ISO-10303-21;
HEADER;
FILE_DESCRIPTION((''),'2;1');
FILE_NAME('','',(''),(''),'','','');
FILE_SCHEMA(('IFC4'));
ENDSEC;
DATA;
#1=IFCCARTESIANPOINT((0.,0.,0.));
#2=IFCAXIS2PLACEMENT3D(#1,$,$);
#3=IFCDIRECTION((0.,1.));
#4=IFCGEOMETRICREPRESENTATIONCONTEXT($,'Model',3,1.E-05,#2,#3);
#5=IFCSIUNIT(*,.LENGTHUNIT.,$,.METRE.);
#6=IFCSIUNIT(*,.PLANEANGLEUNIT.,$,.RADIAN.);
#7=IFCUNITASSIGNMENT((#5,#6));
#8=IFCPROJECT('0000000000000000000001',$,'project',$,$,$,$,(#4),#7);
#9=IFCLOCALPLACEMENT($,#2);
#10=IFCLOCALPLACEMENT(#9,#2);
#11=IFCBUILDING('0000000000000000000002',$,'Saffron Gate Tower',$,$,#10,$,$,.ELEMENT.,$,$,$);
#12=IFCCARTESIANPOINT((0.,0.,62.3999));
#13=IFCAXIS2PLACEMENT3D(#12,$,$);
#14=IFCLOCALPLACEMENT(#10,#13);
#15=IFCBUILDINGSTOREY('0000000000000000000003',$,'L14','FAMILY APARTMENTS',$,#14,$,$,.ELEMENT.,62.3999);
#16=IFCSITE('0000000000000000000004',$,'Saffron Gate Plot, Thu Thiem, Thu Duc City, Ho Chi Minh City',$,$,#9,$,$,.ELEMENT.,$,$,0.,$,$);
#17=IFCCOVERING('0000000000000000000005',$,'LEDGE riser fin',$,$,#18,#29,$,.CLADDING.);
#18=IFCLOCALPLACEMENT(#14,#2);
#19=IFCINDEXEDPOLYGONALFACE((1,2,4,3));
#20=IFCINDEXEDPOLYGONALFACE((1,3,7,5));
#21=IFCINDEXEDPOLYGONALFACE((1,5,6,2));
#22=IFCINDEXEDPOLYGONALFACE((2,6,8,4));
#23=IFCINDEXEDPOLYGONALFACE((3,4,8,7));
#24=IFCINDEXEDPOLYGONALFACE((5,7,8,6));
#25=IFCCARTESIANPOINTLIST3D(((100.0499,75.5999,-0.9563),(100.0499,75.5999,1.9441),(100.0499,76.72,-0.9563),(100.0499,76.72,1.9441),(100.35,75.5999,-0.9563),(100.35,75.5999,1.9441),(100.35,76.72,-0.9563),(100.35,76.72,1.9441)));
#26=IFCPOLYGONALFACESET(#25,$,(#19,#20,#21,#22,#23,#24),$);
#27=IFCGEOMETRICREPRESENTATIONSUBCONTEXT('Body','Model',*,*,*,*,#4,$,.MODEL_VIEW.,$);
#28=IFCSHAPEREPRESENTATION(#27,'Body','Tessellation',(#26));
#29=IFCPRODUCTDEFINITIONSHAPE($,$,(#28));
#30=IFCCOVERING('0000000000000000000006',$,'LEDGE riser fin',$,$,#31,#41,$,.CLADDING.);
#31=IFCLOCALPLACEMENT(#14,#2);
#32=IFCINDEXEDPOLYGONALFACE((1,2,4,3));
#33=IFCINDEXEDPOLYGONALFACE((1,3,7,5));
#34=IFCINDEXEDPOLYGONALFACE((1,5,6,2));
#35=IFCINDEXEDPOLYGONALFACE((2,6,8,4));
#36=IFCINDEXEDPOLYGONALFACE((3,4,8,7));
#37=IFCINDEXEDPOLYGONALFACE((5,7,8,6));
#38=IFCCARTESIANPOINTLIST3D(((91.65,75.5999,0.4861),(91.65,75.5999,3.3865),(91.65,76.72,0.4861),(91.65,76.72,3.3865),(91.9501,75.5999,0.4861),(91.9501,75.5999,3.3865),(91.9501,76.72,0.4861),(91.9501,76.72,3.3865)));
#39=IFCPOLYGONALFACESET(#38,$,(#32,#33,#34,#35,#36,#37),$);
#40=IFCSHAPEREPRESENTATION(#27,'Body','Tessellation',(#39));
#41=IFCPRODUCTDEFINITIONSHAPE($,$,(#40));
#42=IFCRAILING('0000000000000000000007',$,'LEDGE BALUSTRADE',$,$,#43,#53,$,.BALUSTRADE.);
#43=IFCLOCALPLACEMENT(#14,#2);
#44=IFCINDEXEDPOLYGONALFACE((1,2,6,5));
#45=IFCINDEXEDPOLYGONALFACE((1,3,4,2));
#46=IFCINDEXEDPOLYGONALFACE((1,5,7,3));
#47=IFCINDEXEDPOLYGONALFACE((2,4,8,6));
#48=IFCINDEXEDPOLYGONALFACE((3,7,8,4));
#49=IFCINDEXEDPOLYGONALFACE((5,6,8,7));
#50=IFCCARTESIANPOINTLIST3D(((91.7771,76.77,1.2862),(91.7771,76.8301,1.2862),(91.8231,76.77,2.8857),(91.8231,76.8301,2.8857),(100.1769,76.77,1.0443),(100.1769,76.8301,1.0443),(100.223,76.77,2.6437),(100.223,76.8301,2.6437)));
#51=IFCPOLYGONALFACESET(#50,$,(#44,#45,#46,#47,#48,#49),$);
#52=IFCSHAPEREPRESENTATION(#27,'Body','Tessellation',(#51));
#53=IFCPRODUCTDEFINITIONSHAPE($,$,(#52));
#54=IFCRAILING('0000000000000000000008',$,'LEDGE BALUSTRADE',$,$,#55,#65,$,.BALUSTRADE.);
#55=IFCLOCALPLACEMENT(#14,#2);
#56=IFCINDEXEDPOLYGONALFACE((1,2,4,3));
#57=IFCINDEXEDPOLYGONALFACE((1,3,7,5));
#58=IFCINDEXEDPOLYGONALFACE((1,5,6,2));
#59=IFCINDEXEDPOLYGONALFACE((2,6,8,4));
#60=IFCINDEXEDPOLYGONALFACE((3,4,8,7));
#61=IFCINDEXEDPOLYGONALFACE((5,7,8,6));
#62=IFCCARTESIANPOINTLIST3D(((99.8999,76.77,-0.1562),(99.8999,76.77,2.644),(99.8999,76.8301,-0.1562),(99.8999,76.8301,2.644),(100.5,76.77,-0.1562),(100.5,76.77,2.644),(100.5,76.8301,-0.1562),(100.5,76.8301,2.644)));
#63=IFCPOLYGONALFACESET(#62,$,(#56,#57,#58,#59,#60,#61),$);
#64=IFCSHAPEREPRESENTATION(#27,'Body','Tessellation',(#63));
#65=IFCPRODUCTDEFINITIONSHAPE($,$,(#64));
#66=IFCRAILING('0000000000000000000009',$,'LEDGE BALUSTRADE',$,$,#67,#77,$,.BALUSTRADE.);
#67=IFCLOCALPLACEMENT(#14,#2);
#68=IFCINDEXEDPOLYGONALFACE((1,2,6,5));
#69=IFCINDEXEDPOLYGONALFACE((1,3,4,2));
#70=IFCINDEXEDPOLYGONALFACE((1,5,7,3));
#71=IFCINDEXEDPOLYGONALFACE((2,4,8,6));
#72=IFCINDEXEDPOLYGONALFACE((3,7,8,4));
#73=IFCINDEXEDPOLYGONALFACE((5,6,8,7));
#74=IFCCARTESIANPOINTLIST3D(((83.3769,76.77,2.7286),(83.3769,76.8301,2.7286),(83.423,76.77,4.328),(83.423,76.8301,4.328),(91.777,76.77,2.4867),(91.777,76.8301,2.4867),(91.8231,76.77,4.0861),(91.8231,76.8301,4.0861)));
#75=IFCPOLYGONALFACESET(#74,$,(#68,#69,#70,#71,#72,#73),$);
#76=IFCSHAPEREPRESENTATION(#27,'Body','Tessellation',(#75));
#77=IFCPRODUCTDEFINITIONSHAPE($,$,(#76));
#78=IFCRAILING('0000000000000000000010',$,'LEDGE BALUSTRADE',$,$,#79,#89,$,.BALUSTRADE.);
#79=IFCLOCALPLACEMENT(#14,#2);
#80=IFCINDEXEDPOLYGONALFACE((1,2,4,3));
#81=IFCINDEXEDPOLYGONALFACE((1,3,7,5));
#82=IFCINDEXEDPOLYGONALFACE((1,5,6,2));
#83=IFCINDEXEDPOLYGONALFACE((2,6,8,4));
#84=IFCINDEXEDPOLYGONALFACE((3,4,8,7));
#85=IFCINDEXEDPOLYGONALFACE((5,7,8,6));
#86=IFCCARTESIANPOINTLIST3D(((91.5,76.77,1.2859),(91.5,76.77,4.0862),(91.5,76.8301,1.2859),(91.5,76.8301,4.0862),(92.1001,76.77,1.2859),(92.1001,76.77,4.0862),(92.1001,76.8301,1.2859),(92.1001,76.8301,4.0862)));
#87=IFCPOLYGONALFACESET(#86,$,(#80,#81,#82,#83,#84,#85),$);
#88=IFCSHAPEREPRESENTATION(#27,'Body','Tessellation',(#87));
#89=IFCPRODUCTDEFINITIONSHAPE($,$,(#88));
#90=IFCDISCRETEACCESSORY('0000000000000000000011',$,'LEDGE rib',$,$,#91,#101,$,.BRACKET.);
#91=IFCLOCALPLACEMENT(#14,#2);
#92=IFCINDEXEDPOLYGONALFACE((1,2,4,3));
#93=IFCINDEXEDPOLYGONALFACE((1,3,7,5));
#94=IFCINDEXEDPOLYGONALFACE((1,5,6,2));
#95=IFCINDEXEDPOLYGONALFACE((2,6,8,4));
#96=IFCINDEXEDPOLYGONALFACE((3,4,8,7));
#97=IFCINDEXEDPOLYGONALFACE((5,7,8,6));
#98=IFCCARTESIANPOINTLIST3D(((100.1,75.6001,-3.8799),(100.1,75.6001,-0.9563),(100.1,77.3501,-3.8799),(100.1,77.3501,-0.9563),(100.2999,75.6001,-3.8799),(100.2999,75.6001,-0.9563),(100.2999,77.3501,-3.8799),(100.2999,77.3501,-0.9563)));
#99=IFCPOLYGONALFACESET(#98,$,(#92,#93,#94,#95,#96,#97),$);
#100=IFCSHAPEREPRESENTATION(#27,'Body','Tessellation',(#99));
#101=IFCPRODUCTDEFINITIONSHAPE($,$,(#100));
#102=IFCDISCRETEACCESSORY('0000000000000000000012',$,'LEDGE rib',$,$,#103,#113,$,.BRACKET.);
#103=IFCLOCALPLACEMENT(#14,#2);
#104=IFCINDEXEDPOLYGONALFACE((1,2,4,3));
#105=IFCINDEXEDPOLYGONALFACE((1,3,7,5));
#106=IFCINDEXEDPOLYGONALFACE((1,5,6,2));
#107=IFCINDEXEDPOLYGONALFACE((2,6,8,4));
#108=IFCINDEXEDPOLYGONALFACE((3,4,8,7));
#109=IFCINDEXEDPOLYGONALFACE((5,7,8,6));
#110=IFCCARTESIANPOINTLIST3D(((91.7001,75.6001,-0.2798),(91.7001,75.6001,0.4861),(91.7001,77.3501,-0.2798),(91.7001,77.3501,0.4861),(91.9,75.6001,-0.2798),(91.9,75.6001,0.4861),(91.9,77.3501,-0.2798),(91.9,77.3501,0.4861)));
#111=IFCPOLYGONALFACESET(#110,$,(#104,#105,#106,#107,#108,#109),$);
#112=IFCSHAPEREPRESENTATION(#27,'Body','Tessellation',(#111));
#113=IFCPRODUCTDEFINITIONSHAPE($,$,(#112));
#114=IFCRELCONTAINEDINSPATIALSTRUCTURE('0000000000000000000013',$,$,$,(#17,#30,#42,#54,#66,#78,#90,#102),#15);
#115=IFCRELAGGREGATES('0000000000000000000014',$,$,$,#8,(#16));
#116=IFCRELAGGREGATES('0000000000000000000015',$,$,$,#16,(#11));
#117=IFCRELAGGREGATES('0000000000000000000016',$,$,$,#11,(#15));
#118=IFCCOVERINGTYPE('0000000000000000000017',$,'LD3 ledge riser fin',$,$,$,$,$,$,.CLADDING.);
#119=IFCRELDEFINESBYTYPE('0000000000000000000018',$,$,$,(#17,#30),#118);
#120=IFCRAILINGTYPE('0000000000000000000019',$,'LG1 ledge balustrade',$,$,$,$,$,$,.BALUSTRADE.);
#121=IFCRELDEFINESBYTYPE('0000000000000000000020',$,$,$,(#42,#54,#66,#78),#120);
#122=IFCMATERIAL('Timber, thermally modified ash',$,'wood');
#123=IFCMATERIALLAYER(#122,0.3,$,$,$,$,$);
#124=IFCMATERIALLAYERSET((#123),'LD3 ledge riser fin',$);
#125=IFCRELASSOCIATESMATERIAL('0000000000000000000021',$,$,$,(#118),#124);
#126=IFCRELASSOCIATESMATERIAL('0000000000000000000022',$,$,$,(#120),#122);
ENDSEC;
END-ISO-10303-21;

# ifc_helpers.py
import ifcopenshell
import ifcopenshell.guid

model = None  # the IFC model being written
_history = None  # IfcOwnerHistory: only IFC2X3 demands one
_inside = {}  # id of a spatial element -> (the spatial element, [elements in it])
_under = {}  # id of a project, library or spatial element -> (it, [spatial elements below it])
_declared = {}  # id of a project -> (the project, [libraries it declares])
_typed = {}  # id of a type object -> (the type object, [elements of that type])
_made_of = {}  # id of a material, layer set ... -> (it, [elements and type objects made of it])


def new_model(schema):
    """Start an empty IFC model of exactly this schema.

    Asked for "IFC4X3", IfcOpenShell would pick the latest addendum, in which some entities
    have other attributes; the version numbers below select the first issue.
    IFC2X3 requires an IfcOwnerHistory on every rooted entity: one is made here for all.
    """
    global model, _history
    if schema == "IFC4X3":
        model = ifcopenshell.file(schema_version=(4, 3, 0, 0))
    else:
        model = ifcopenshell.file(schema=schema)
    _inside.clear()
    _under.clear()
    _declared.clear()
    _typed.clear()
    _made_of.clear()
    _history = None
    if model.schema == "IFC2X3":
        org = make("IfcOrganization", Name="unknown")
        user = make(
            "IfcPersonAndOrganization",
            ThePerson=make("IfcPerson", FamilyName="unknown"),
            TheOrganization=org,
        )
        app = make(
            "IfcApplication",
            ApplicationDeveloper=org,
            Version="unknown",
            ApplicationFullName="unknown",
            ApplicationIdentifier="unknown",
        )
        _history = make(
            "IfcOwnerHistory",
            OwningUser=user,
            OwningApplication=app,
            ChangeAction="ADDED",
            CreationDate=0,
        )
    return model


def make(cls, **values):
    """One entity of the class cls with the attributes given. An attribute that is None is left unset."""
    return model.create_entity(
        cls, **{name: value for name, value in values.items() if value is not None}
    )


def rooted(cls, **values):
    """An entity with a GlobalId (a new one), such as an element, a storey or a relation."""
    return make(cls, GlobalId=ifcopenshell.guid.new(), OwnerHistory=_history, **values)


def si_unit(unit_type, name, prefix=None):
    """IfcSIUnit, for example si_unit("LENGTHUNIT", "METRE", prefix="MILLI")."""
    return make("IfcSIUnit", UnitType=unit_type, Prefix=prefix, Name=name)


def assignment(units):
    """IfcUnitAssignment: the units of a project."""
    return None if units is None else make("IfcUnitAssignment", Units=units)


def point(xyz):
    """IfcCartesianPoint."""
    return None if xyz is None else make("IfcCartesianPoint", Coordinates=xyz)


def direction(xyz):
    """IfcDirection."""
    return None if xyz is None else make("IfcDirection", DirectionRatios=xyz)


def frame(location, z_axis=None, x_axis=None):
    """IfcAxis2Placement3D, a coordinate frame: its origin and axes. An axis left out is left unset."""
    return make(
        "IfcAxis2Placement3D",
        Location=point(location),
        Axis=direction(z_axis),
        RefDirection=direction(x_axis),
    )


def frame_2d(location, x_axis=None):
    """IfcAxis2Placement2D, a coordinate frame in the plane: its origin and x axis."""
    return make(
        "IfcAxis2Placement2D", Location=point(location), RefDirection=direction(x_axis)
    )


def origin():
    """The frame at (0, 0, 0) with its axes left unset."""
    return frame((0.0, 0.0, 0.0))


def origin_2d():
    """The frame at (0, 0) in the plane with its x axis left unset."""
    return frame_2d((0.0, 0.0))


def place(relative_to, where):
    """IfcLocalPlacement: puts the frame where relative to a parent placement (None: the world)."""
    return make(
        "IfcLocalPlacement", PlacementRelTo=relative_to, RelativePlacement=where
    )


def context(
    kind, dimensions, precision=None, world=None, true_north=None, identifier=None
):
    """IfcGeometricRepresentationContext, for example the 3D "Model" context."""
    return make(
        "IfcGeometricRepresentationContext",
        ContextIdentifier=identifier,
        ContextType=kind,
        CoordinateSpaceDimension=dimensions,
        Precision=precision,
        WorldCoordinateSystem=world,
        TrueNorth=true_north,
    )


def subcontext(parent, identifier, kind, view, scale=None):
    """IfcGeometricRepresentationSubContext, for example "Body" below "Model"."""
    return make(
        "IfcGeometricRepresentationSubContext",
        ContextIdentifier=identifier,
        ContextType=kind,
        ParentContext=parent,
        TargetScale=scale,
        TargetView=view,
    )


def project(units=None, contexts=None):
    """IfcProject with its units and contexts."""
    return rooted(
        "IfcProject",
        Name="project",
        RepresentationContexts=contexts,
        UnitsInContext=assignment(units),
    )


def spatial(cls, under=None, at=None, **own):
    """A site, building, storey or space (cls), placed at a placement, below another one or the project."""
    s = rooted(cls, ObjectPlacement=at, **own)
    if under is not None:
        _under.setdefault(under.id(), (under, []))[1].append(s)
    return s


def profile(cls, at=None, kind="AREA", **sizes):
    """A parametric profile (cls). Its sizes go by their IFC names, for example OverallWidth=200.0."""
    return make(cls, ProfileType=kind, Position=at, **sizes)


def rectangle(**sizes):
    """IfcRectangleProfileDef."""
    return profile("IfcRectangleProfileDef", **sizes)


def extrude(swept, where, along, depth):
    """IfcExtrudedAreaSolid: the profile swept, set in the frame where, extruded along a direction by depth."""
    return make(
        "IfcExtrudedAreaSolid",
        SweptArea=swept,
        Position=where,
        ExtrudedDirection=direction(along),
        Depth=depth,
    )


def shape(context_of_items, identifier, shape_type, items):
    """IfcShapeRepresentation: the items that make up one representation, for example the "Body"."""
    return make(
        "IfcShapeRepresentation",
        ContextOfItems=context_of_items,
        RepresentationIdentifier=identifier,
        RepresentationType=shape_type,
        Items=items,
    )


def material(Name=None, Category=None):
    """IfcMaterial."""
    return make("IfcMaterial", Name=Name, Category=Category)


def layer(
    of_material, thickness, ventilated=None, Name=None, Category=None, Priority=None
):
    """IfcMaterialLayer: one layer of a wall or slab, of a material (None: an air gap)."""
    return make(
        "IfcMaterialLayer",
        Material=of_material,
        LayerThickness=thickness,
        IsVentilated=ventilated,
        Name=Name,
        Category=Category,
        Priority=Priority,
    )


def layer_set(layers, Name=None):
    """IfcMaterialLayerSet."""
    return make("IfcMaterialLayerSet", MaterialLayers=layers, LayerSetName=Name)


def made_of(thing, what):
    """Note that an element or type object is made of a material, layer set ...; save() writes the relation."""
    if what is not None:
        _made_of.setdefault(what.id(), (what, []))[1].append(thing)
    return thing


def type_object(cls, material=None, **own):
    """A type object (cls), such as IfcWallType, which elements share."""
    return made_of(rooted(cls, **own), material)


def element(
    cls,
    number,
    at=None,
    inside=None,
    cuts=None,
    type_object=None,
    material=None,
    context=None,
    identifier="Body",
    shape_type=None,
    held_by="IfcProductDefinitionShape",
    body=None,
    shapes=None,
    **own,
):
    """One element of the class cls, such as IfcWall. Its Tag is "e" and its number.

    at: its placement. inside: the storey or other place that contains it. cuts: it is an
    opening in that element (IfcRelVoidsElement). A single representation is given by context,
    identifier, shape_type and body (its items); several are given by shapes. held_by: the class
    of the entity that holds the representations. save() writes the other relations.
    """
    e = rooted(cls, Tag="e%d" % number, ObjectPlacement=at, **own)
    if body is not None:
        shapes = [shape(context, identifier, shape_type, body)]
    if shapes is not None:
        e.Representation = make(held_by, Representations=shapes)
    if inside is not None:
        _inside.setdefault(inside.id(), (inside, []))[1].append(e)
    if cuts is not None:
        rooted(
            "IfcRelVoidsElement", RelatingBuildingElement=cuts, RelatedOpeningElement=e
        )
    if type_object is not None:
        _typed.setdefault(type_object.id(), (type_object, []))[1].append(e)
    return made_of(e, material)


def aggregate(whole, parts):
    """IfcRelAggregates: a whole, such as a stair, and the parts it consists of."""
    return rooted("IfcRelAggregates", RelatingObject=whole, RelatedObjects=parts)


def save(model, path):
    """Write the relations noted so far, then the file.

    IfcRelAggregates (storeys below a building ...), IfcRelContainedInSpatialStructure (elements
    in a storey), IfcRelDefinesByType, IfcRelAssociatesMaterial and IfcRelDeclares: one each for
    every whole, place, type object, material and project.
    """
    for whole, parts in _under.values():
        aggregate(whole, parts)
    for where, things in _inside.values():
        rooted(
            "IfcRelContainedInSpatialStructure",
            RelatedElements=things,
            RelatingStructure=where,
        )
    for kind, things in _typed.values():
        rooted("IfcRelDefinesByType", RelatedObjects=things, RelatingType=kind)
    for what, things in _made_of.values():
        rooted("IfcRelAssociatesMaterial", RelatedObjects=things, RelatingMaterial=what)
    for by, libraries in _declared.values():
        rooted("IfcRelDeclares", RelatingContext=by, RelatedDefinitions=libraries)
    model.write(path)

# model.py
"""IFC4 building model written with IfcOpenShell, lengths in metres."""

from ifc_helpers import new_model, si_unit, direction, frame, origin, origin_2d, place, context, subcontext, project, spatial, rectangle, extrude, material, layer, layer_set, type_object, element, save


model = new_model("IFC4")

# Units and contexts
model_context = context("Model", 3, precision=1e-05, world=origin(), true_north=direction((0.0, 1.0)))
body_context = subcontext(model_context, "Body", "Model", "MODEL_VIEW")
ifc_project = project(units=[si_unit("LENGTHUNIT", "METRE"), si_unit("PLANEANGLEUNIT", "RADIAN")], contexts=[model_context])

# Site, building, storey
site_placement = place(None, origin())
site = spatial("IfcSite", under=ifc_project, at=site_placement, Name="Saffron Gate Plot, Thu Thiem, Thu Duc City, Ho Chi Minh City", CompositionType="ELEMENT", RefElevation=0.0)
building_placement = place(site_placement, origin())
building = spatial("IfcBuilding", under=site, at=building_placement, Name="Saffron Gate Tower", CompositionType="ELEMENT")
storey_placement = place(building_placement, frame((0.0, 0.0, 62.3999)))
storey = spatial("IfcBuildingStorey", under=building, at=storey_placement, Name="L14", Description="FAMILY APARTMENTS", CompositionType="ELEMENT", Elevation=62.3999)

# Coverings
ifc_material_1 = material(Name="Timber, thermally modified ash", Category="wood")
ifc_layer_1 = layer(ifc_material_1, 0.3)
ifc_layer_set_1 = layer_set([ifc_layer_1], Name="LD3 ledge riser fin")
covering_type_1 = type_object("IfcCoveringType", Name="LD3 ledge riser fin", PredefinedType="CLADDING", material=ifc_layer_set_1)
for number, where, z_axis, x_axis, name in (
    (1, (100.2, 76.1599, -0.9563), (0.0, 0.0, 1.0), (-1.0, 0.0, 0.0), "LEDGE riser fin"),
    (2, (91.8, 76.1599, 0.4861), (0.0, 0.0, 1.0), (-1.0, 0.0, 0.0), "LEDGE riser fin"),
):
    element("IfcCovering", number, at=place(storey_placement, frame(where, z_axis=z_axis, x_axis=x_axis)), inside=storey, type_object=covering_type_1, Name=name, PredefinedType="CLADDING", context=body_context, shape_type="SweptSolid", body=[
        extrude(rectangle(XDim=0.3, YDim=1.1201, at=origin_2d()), origin(), (0.0, 0.0, 1.0), 2.9004),
    ])

# Railings
railing_type_1 = type_object("IfcRailingType", Name="LG1 ledge balustrade", PredefinedType="BALUSTRADE", material=ifc_material_1)
railing_1_placement = place(storey_placement, frame((100.2, 76.8, 1.0439)))
element("IfcRailing", 3, at=railing_1_placement, inside=storey, type_object=railing_type_1, Name="LEDGE BALUSTRADE", PredefinedType="BALUSTRADE", context=body_context, shape_type="SweptSolid", body=[
    extrude(rectangle(XDim=0.0601, YDim=1.6001, at=origin_2d()), frame((0.0, 0.0, 0.8), z_axis=(-0.999585, 0.0, 0.028791), x_axis=(0.0, -1.0, 0.0)), (0.0, 0.0, 1.0), 8.4033),
])
railing_2_placement = place(storey_placement, frame((100.5, 76.8, -0.1562)))
element("IfcRailing", 4, at=railing_2_placement, inside=storey, type_object=railing_type_1, Name="LEDGE BALUSTRADE", PredefinedType="BALUSTRADE", context=body_context, shape_type="SweptSolid", body=[
    extrude(rectangle(XDim=0.0601, YDim=2.8003, at=origin_2d()), frame((0.0, 0.0, 1.4001), z_axis=(-1.0, 0.0, 0.0), x_axis=(0.0, -1.0, 0.0)), (0.0, 0.0, 1.0), 0.6001),
])
railing_3_placement = place(storey_placement, frame((91.8, 76.8, 2.4863)))
element("IfcRailing", 5, at=railing_3_placement, inside=storey, type_object=railing_type_1, Name="LEDGE BALUSTRADE", PredefinedType="BALUSTRADE", context=body_context, shape_type="SweptSolid", body=[
    extrude(rectangle(XDim=0.0601, YDim=1.6001, at=origin_2d()), frame((0.0, 0.0, 0.8), z_axis=(-0.999585, 0.0, 0.02879), x_axis=(0.0, -1.0, 0.0)), (0.0, 0.0, 1.0), 8.4036),
])
railing_4_placement = place(storey_placement, frame((92.1001, 76.8, 1.2859)))
element("IfcRailing", 6, at=railing_4_placement, inside=storey, type_object=railing_type_1, Name="LEDGE BALUSTRADE", PredefinedType="BALUSTRADE", context=body_context, shape_type="SweptSolid", body=[
    extrude(rectangle(XDim=0.0601, YDim=2.8003, at=origin_2d()), frame((0.0, 0.0, 1.4001), z_axis=(-1.0, 0.0, 0.0), x_axis=(0.0, -1.0, 0.0)), (0.0, 0.0, 1.0), 0.6001),
])

# Discrete accessories
discrete_accessory_1_placement = place(storey_placement, frame((100.2, 76.4751, -3.8799), z_axis=(0.0, 0.0, 1.0), x_axis=(-1.0, 0.0, 0.0)))
element("IfcDiscreteAccessory", 7, at=discrete_accessory_1_placement, inside=storey, Name="LEDGE rib", PredefinedType="BRACKET", context=body_context, shape_type="SweptSolid", body=[
    extrude(rectangle(XDim=0.2, YDim=1.75, at=origin_2d()), origin(), (0.0, 0.0, 1.0), 2.9236),
])
discrete_accessory_2_placement = place(storey_placement, frame((91.8, 76.4751, -0.2798), z_axis=(0.0, 0.0, 1.0), x_axis=(-1.0, 0.0, 0.0)))
element("IfcDiscreteAccessory", 8, at=discrete_accessory_2_placement, inside=storey, Name="LEDGE rib", PredefinedType="BRACKET", context=body_context, shape_type="SweptSolid", body=[
    extrude(rectangle(XDim=0.2, YDim=1.75, at=origin_2d()), origin(), (0.0, 0.0, 1.0), 0.7659),
])

save(model, "model.ifc")
